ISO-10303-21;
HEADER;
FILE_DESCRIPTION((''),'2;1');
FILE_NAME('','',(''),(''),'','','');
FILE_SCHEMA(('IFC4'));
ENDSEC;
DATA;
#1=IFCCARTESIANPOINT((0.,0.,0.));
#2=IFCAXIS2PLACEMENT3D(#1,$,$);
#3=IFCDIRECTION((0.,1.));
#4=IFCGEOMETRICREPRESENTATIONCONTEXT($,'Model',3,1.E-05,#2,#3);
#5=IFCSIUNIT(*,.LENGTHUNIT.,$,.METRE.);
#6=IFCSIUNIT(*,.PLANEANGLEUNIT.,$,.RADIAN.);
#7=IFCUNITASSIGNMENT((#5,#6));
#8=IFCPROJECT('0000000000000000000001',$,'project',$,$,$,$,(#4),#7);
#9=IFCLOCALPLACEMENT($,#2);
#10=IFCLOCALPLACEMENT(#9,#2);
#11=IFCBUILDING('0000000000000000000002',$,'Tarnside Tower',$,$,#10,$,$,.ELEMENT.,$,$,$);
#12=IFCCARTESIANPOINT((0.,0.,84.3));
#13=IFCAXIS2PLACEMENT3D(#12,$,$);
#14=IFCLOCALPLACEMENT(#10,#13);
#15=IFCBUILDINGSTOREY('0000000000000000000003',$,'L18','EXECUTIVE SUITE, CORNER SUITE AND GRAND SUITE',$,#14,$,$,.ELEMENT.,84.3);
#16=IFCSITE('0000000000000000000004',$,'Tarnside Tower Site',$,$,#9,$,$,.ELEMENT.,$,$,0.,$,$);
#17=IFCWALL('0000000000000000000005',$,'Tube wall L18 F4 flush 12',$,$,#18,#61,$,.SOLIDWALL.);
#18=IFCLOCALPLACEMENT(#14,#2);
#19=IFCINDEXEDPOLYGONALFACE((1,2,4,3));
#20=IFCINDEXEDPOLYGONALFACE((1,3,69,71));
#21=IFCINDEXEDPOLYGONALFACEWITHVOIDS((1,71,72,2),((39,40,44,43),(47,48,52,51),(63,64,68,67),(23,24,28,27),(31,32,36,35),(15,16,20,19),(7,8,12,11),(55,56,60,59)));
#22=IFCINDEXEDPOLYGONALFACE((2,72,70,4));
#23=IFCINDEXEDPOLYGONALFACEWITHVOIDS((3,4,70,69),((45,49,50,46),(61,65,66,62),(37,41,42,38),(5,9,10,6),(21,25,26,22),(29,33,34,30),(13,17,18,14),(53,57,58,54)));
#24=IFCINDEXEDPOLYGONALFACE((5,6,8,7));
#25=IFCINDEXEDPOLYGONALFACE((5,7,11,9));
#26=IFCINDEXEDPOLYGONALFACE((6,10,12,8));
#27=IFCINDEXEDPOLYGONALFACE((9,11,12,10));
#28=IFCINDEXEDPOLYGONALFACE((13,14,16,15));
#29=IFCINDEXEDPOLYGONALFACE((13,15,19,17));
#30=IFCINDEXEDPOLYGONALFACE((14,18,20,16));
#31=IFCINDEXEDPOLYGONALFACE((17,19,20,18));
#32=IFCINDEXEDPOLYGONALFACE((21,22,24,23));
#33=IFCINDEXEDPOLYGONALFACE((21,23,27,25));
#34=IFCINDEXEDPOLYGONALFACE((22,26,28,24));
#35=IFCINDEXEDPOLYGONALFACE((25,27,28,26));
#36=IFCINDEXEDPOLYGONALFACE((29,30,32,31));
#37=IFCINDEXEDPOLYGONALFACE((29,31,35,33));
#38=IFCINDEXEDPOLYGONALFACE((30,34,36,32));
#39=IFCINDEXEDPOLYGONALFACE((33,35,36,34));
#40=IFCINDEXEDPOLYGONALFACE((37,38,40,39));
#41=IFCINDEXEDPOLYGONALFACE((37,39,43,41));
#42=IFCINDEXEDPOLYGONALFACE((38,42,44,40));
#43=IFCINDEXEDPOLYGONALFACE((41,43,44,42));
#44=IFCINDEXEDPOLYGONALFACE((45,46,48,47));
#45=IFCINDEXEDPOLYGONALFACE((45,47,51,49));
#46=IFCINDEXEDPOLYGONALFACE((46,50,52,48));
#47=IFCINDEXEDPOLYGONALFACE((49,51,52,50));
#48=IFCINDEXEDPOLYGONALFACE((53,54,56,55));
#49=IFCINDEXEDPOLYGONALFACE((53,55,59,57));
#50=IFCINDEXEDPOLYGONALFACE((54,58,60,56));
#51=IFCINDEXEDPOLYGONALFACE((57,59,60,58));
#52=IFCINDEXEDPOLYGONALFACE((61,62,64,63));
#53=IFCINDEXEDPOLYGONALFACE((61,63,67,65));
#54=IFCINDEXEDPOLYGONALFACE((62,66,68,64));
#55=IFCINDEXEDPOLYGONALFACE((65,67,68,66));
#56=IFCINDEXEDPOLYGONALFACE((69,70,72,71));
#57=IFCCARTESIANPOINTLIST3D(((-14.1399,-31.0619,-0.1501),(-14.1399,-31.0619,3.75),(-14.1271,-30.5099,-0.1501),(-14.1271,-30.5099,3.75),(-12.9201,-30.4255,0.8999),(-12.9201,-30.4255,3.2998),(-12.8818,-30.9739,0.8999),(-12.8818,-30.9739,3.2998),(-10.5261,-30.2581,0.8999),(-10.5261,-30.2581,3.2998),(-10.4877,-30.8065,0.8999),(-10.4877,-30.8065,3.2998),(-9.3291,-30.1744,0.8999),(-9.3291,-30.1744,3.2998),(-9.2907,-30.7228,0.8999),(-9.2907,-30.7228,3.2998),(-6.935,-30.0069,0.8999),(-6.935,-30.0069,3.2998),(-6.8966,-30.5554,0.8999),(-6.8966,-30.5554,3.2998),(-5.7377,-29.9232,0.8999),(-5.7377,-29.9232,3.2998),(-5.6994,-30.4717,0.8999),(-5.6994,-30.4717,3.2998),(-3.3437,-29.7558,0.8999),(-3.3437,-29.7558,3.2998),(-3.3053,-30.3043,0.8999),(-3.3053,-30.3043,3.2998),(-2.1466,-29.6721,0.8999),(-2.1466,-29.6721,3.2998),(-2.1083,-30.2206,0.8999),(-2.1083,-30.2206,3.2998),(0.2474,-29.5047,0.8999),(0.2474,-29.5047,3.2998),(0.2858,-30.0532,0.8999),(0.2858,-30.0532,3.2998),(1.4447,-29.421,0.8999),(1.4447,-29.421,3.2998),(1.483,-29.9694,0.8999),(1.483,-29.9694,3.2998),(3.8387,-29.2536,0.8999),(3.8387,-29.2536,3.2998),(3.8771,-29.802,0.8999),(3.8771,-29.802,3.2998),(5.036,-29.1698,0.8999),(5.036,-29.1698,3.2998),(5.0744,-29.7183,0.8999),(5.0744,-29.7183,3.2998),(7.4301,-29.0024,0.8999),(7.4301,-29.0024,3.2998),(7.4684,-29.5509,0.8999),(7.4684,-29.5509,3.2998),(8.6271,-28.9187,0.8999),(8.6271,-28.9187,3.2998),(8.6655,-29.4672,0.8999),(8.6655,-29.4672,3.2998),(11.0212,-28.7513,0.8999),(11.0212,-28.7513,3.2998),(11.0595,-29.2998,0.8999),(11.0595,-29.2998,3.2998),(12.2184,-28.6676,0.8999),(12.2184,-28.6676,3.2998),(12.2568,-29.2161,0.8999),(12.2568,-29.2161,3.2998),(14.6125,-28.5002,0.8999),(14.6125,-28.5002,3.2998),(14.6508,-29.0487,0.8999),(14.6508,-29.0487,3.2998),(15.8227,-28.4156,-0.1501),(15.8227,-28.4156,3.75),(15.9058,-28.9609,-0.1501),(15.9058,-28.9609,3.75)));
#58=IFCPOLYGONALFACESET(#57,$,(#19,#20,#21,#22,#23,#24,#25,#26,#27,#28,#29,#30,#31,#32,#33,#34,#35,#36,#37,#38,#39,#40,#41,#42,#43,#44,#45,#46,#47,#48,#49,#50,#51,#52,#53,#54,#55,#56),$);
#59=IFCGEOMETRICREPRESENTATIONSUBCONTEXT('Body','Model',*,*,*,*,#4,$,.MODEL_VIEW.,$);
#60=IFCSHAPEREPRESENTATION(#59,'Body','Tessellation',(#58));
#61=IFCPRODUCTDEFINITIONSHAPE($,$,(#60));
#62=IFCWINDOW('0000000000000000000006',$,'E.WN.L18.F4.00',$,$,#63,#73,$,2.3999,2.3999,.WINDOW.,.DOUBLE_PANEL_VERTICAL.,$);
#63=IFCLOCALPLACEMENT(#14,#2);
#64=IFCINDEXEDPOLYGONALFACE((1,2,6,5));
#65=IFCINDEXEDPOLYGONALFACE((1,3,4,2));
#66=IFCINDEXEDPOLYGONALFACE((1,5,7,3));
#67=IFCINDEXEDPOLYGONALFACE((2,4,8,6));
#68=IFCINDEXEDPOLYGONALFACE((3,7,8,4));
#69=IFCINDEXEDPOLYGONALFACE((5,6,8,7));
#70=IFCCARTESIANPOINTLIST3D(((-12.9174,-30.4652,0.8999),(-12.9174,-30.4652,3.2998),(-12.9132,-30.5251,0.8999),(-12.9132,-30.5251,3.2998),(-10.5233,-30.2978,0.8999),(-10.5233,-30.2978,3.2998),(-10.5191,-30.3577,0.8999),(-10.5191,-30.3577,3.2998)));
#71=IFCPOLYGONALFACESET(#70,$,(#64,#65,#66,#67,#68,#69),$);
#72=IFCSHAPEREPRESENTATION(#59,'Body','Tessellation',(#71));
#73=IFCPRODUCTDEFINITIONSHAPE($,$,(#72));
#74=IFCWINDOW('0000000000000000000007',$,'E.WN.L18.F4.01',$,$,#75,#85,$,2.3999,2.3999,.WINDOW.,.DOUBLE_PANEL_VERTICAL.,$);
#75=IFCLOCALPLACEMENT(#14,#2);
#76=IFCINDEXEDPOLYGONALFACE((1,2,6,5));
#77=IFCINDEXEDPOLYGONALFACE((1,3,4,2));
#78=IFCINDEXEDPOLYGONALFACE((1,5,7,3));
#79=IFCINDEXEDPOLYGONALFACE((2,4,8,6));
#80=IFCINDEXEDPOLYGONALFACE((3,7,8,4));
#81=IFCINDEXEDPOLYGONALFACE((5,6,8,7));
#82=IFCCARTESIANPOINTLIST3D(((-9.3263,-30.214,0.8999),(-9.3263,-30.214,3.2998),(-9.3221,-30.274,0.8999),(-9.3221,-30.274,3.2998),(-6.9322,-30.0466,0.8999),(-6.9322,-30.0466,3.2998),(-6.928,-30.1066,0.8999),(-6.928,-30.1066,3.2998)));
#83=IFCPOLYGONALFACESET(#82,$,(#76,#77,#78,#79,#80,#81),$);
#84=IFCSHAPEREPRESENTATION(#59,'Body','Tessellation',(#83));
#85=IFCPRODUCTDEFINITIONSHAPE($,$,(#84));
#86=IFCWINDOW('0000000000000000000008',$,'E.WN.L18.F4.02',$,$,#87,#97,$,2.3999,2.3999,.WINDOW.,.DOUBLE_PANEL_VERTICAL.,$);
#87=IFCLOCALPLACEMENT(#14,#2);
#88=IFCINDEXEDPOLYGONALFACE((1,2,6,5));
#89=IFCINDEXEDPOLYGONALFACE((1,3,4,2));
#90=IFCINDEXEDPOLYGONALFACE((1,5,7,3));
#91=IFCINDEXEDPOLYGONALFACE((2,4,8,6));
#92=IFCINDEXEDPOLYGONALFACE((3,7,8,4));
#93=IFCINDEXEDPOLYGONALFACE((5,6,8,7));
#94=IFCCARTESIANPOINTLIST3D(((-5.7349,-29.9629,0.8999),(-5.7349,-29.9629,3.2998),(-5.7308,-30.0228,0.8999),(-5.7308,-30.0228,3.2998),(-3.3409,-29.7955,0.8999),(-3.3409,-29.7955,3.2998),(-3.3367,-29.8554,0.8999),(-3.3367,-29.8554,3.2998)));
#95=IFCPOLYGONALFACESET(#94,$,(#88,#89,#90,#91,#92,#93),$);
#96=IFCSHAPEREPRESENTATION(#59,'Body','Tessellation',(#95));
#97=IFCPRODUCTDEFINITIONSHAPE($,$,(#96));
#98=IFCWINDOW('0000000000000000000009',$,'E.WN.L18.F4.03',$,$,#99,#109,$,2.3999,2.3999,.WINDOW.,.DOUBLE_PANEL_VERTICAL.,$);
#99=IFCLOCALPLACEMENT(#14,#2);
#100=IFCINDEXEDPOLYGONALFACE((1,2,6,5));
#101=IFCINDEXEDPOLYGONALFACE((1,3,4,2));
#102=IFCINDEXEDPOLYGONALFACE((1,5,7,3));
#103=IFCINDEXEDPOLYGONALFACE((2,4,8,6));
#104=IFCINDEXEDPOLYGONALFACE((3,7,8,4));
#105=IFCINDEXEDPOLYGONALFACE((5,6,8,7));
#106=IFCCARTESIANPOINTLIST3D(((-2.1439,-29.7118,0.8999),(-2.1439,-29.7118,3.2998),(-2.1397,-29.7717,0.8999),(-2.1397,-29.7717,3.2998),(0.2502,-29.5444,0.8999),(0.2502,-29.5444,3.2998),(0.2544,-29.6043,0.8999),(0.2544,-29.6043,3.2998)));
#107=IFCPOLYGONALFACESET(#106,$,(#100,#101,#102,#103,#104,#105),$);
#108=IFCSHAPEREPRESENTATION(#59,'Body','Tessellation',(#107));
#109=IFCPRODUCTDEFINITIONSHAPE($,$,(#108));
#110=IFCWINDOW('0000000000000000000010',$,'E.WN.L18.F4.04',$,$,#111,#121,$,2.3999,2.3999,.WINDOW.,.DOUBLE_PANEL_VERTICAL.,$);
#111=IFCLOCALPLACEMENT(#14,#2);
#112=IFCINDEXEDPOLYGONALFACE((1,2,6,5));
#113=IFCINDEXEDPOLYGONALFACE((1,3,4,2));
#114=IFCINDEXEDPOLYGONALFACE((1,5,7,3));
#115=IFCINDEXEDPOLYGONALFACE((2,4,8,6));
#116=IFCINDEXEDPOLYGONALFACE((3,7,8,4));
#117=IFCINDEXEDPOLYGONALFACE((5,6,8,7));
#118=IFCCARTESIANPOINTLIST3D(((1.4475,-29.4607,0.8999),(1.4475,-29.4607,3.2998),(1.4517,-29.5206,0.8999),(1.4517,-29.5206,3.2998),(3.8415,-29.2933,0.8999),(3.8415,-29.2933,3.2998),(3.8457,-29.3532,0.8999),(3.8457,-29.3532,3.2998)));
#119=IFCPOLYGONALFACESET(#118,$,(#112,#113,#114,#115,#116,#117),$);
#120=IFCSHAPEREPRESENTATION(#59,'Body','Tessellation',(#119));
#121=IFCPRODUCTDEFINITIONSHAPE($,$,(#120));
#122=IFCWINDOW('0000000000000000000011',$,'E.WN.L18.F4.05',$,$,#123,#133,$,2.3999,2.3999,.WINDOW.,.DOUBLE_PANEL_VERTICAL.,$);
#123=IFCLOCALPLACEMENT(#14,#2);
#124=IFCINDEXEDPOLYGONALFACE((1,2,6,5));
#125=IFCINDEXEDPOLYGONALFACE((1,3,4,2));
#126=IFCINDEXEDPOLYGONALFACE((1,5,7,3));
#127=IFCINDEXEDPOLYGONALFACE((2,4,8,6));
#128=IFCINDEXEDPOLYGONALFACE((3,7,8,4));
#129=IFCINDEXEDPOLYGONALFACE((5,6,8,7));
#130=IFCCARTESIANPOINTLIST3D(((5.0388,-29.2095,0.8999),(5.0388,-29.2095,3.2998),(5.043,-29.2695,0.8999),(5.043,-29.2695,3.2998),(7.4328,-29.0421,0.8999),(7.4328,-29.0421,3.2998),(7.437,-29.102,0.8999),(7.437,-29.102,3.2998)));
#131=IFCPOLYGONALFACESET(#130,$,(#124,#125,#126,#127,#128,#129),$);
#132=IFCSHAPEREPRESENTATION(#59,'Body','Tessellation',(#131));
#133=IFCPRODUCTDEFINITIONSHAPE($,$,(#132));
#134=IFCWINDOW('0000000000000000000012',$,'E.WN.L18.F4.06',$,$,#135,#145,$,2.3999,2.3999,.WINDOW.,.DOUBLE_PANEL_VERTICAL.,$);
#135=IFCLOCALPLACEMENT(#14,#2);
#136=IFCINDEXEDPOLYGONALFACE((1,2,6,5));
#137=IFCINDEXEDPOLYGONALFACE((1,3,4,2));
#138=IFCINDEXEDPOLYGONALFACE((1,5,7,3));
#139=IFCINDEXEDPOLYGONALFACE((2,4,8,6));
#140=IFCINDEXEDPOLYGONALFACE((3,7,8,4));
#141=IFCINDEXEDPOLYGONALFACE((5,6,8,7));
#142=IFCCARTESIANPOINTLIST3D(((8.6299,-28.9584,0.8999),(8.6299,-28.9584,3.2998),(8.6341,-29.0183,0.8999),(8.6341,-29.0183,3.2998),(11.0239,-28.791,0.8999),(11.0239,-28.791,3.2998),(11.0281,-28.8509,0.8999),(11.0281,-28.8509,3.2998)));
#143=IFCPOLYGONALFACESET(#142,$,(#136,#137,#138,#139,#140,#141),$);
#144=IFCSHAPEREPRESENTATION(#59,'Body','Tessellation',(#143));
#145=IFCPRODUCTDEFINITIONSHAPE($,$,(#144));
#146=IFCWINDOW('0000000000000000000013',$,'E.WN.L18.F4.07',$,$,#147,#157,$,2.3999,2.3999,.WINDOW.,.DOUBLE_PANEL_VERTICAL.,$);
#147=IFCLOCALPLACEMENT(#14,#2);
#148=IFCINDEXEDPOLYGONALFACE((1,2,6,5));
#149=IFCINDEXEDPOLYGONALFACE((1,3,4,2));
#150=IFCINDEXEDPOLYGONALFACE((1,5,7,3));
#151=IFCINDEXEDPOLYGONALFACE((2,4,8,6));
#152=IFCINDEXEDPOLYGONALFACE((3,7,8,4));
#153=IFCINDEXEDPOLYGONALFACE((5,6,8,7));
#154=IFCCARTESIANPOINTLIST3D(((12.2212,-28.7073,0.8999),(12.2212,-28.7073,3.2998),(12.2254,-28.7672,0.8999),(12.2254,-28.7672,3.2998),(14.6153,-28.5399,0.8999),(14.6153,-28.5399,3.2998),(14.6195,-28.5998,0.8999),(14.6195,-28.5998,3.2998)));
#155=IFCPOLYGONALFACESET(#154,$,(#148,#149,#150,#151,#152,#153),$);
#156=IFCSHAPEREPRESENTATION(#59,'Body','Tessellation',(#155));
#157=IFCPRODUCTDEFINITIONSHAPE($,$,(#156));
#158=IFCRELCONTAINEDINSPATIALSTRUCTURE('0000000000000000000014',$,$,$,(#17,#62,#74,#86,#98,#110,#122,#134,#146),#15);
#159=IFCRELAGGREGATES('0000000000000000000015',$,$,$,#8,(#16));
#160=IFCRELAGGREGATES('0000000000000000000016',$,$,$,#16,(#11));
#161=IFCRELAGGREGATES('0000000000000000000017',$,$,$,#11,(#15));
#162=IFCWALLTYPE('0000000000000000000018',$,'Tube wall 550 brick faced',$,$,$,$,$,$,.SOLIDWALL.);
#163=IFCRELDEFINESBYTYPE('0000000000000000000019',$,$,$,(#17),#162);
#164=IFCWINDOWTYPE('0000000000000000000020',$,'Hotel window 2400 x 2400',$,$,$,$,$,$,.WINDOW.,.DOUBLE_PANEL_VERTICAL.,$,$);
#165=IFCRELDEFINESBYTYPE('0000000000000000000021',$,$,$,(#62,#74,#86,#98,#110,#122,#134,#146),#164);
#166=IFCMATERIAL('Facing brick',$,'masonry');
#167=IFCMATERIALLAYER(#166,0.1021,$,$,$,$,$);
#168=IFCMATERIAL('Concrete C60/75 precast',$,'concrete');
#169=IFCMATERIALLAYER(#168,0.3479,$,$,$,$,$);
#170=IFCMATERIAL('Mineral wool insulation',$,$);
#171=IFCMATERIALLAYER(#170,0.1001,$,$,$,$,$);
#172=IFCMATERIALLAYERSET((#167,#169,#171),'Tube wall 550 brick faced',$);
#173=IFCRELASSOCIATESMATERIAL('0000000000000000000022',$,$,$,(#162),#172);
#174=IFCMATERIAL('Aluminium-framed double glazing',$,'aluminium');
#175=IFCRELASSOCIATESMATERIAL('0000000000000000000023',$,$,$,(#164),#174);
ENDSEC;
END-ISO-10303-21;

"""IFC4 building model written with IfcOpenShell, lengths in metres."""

from ifc_helpers import new_model, si_unit, direction, frame, frame_2d, origin, place, context, subcontext, project, spatial, polyline, rectangle, outline, extrude, material, layer, layer_set, type_object, element, fill, save


model = new_model("IFC4")

# Units and contexts
model_context = context("Model", 3, precision=1e-05, world=origin(), true_north=direction((0.0, 1.0)))
body_context = subcontext(model_context, "Body", "Model", "MODEL_VIEW")
ifc_project = project(units=[si_unit("LENGTHUNIT", "METRE"), si_unit("PLANEANGLEUNIT", "RADIAN")], contexts=[model_context])

# Site, building, storey
site_placement = place(None, origin())
site = spatial("IfcSite", under=ifc_project, at=site_placement, Name="Tarnside Tower Site", CompositionType="ELEMENT", RefElevation=0.0)
building_placement = place(site_placement, origin())
building = spatial("IfcBuilding", under=site, at=building_placement, Name="Tarnside Tower", CompositionType="ELEMENT")
storey_placement = place(building_placement, frame((0.0, 0.0, 84.3)))
storey = spatial("IfcBuildingStorey", under=building, at=storey_placement, Name="L18", Description="EXECUTIVE SUITE, CORNER SUITE AND GRAND SUITE", CompositionType="ELEMENT", Elevation=84.3)

# Wall, openings, windows
ifc_material_1 = material(Name="Facing brick", Category="masonry")
ifc_layer_1 = layer(ifc_material_1, 0.1021)
ifc_material_2 = material(Name="Concrete C60/75 precast", Category="concrete")
ifc_layer_2 = layer(ifc_material_2, 0.3479)
ifc_material_3 = material(Name="Mineral wool insulation")
ifc_layer_3 = layer(ifc_material_3, 0.1001)
ifc_layer_set_1 = layer_set([ifc_layer_1, ifc_layer_2, ifc_layer_3], Name="Tube wall 550 brick faced")
wall_type_1 = type_object("IfcWallType", Name="Tube wall 550 brick faced", PredefinedType="SOLIDWALL", material=ifc_layer_set_1)
wall_1_placement = place(storey_placement, frame((-14.1335, -30.7859, -0.1501), z_axis=(0.0, 0.0, 1.0), x_axis=(0.997564, 0.069757, 0.0)))
wall_1 = element("IfcWall", 1, at=wall_1_placement, inside=storey, type_object=wall_type_1, Name="Tube wall L18 F4 flush 12", PredefinedType="SOLIDWALL", context=body_context, shape_type="SweptSolid", body=[
    extrude(outline(polyline([(-0.0256, -0.2749), (30.0935, -0.2749), (30.0486, 0.2749), (0.0256, 0.2749), (-0.0256, -0.2749)])), origin(), (0.0, 0.0, 1.0), 3.9001),
])
opening_1_placement = place(wall_1_placement, frame((1.2356, 0.0, 1.05)))
opening_1 = element("IfcOpeningElement", 2, at=opening_1_placement, cuts=wall_1, PredefinedType="OPENING", context=body_context, shape_type="SweptSolid", body=[
    extrude(rectangle(XDim=2.3999, YDim=2.3999, at=frame_2d((1.2, 1.2))), frame((0.0, 0.2852, 0.0), z_axis=(0.0, -1.0, 0.0), x_axis=(1.0, 0.0, 0.0)), (0.0, 0.0, 1.0), 0.5701),
])
opening_2_placement = place(wall_1_placement, frame((4.8354, 0.0, 1.05)))
opening_2 = element("IfcOpeningElement", 3, at=opening_2_placement, cuts=wall_1, PredefinedType="OPENING", context=body_context, shape_type="SweptSolid", body=[
    extrude(rectangle(XDim=2.3999, YDim=2.3999, at=frame_2d((1.2, 1.2))), frame((0.0, 0.2852, 0.0), z_axis=(0.0, -1.0, 0.0), x_axis=(1.0, 0.0, 0.0)), (0.0, 0.0, 1.0), 0.5701),
])
opening_3_placement = place(wall_1_placement, frame((8.4355, 0.0, 1.05)))
opening_3 = element("IfcOpeningElement", 4, at=opening_3_placement, cuts=wall_1, PredefinedType="OPENING", context=body_context, shape_type="SweptSolid", body=[
    extrude(rectangle(XDim=2.3999, YDim=2.3999, at=frame_2d((1.2, 1.2))), frame((0.0, 0.2852, 0.0), z_axis=(0.0, -1.0, 0.0), x_axis=(1.0, 0.0, 0.0)), (0.0, 0.0, 1.0), 0.5701),
])
opening_4_placement = place(wall_1_placement, frame((12.0354, 0.0, 1.05)))
opening_4 = element("IfcOpeningElement", 5, at=opening_4_placement, cuts=wall_1, PredefinedType="OPENING", context=body_context, shape_type="SweptSolid", body=[
    extrude(rectangle(XDim=2.3999, YDim=2.3999, at=frame_2d((1.2, 1.2))), frame((0.0, 0.2852, 0.0), z_axis=(0.0, -1.0, 0.0), x_axis=(1.0, 0.0, 0.0)), (0.0, 0.0, 1.0), 0.5701),
])
opening_5_placement = place(wall_1_placement, frame((15.6355, 0.0, 1.05)))
opening_5 = element("IfcOpeningElement", 6, at=opening_5_placement, cuts=wall_1, PredefinedType="OPENING", context=body_context, shape_type="SweptSolid", body=[
    extrude(rectangle(XDim=2.3999, YDim=2.3999, at=frame_2d((1.2, 1.2))), frame((0.0, 0.2852, 0.0), z_axis=(0.0, -1.0, 0.0), x_axis=(1.0, 0.0, 0.0)), (0.0, 0.0, 1.0), 0.5701),
])
opening_6_placement = place(wall_1_placement, frame((19.2356, 0.0, 1.05)))
opening_6 = element("IfcOpeningElement", 7, at=opening_6_placement, cuts=wall_1, PredefinedType="OPENING", context=body_context, shape_type="SweptSolid", body=[
    extrude(rectangle(XDim=2.3999, YDim=2.3999, at=frame_2d((1.2, 1.2))), frame((0.0, 0.2852, 0.0), z_axis=(0.0, -1.0, 0.0), x_axis=(1.0, 0.0, 0.0)), (0.0, 0.0, 1.0), 0.5701),
])
opening_7_placement = place(wall_1_placement, frame((22.8354, 0.0, 1.05)))
opening_7 = element("IfcOpeningElement", 8, at=opening_7_placement, cuts=wall_1, PredefinedType="OPENING", context=body_context, shape_type="SweptSolid", body=[
    extrude(rectangle(XDim=2.3999, YDim=2.3999, at=frame_2d((1.2, 1.2))), frame((0.0, 0.2852, 0.0), z_axis=(0.0, -1.0, 0.0), x_axis=(1.0, 0.0, 0.0)), (0.0, 0.0, 1.0), 0.5701),
])
opening_8_placement = place(wall_1_placement, frame((26.4355, 0.0, 1.05)))
opening_8 = element("IfcOpeningElement", 9, at=opening_8_placement, cuts=wall_1, PredefinedType="OPENING", context=body_context, shape_type="SweptSolid", body=[
    extrude(rectangle(XDim=2.3999, YDim=2.3999, at=frame_2d((1.2, 1.2))), frame((0.0, 0.2852, 0.0), z_axis=(0.0, -1.0, 0.0), x_axis=(1.0, 0.0, 0.0)), (0.0, 0.0, 1.0), 0.5701),
])
ifc_material_4 = material(Name="Aluminium-framed double glazing", Category="aluminium")
window_type = type_object("IfcWindowType", Name="Hotel window 2400 x 2400", PartitioningType="DOUBLE_PANEL_VERTICAL", PredefinedType="WINDOW", material=ifc_material_4)
window_1_placement = place(opening_1_placement, frame((0.0, 0.2051, 0.0)))
window_1 = element("IfcWindow", 10, at=window_1_placement, inside=storey, type_object=window_type, Name="E.WN.L18.F4.00", OverallHeight=2.3999, OverallWidth=2.3999, PartitioningType="DOUBLE_PANEL_VERTICAL", PredefinedType="WINDOW", context=body_context, shape_type="SweptSolid", body=[
    extrude(rectangle(XDim=2.3999, YDim=2.3999, at=frame_2d((1.2, 1.2))), frame((0.0, 0.03, 0.0), z_axis=(0.0, -1.0, 0.0), x_axis=(1.0, 0.0, 0.0)), (0.0, 0.0, 1.0), 0.0601),
])
fill(opening_1, window_1)
window_2_placement = place(opening_2_placement, frame((0.0, 0.2051, 0.0)))
window_2 = element("IfcWindow", 11, at=window_2_placement, inside=storey, type_object=window_type, Name="E.WN.L18.F4.01", OverallHeight=2.3999, OverallWidth=2.3999, PartitioningType="DOUBLE_PANEL_VERTICAL", PredefinedType="WINDOW", context=body_context, shape_type="SweptSolid", body=[
    extrude(rectangle(XDim=2.3999, YDim=2.3999, at=frame_2d((1.2, 1.2))), frame((0.0, 0.03, 0.0), z_axis=(0.0, -1.0, 0.0), x_axis=(1.0, 0.0, 0.0)), (0.0, 0.0, 1.0), 0.0601),
])
fill(opening_2, window_2)
window_3_placement = place(opening_3_placement, frame((0.0, 0.2051, 0.0)))
window_3 = element("IfcWindow", 12, at=window_3_placement, inside=storey, type_object=window_type, Name="E.WN.L18.F4.02", OverallHeight=2.3999, OverallWidth=2.3999, PartitioningType="DOUBLE_PANEL_VERTICAL", PredefinedType="WINDOW", context=body_context, shape_type="SweptSolid", body=[
    extrude(rectangle(XDim=2.3999, YDim=2.3999, at=frame_2d((1.2, 1.2))), frame((0.0, 0.03, 0.0), z_axis=(0.0, -1.0, 0.0), x_axis=(1.0, 0.0, 0.0)), (0.0, 0.0, 1.0), 0.0601),
])
fill(opening_3, window_3)
window_4_placement = place(opening_4_placement, frame((0.0, 0.2051, 0.0)))
window_4 = element("IfcWindow", 13, at=window_4_placement, inside=storey, type_object=window_type, Name="E.WN.L18.F4.03", OverallHeight=2.3999, OverallWidth=2.3999, PartitioningType="DOUBLE_PANEL_VERTICAL", PredefinedType="WINDOW", context=body_context, shape_type="SweptSolid", body=[
    extrude(rectangle(XDim=2.3999, YDim=2.3999, at=frame_2d((1.2, 1.2))), frame((0.0, 0.03, 0.0), z_axis=(0.0, -1.0, 0.0), x_axis=(1.0, 0.0, 0.0)), (0.0, 0.0, 1.0), 0.0601),
])
fill(opening_4, window_4)
window_5_placement = place(opening_5_placement, frame((0.0, 0.2051, 0.0)))
window_5 = element("IfcWindow", 14, at=window_5_placement, inside=storey, type_object=window_type, Name="E.WN.L18.F4.04", OverallHeight=2.3999, OverallWidth=2.3999, PartitioningType="DOUBLE_PANEL_VERTICAL", PredefinedType="WINDOW", context=body_context, shape_type="SweptSolid", body=[
    extrude(rectangle(XDim=2.3999, YDim=2.3999, at=frame_2d((1.2, 1.2))), frame((0.0, 0.03, 0.0), z_axis=(0.0, -1.0, 0.0), x_axis=(1.0, 0.0, 0.0)), (0.0, 0.0, 1.0), 0.0601),
])
fill(opening_5, window_5)
window_6_placement = place(opening_6_placement, frame((0.0, 0.2051, 0.0)))
window_6 = element("IfcWindow", 15, at=window_6_placement, inside=storey, type_object=window_type, Name="E.WN.L18.F4.05", OverallHeight=2.3999, OverallWidth=2.3999, PartitioningType="DOUBLE_PANEL_VERTICAL", PredefinedType="WINDOW", context=body_context, shape_type="SweptSolid", body=[
    extrude(rectangle(XDim=2.3999, YDim=2.3999, at=frame_2d((1.2, 1.2))), frame((0.0, 0.03, 0.0), z_axis=(0.0, -1.0, 0.0), x_axis=(1.0, 0.0, 0.0)), (0.0, 0.0, 1.0), 0.0601),
])
fill(opening_6, window_6)
window_7_placement = place(opening_7_placement, frame((0.0, 0.2051, 0.0)))
window_7 = element("IfcWindow", 16, at=window_7_placement, inside=storey, type_object=window_type, Name="E.WN.L18.F4.06", OverallHeight=2.3999, OverallWidth=2.3999, PartitioningType="DOUBLE_PANEL_VERTICAL", PredefinedType="WINDOW", context=body_context, shape_type="SweptSolid", body=[
    extrude(rectangle(XDim=2.3999, YDim=2.3999, at=frame_2d((1.2, 1.2))), frame((0.0, 0.03, 0.0), z_axis=(0.0, -1.0, 0.0), x_axis=(1.0, 0.0, 0.0)), (0.0, 0.0, 1.0), 0.0601),
])
fill(opening_7, window_7)
window_8_placement = place(opening_8_placement, frame((0.0, 0.2051, 0.0)))
window_8 = element("IfcWindow", 17, at=window_8_placement, inside=storey, type_object=window_type, Name="E.WN.L18.F4.07", OverallHeight=2.3999, OverallWidth=2.3999, PartitioningType="DOUBLE_PANEL_VERTICAL", PredefinedType="WINDOW", context=body_context, shape_type="SweptSolid", body=[
    extrude(rectangle(XDim=2.3999, YDim=2.3999, at=frame_2d((1.2, 1.2))), frame((0.0, 0.03, 0.0), z_axis=(0.0, -1.0, 0.0), x_axis=(1.0, 0.0, 0.0)), (0.0, 0.0, 1.0), 0.0601),
])
fill(opening_8, window_8)

save(model, "model.ifc")
